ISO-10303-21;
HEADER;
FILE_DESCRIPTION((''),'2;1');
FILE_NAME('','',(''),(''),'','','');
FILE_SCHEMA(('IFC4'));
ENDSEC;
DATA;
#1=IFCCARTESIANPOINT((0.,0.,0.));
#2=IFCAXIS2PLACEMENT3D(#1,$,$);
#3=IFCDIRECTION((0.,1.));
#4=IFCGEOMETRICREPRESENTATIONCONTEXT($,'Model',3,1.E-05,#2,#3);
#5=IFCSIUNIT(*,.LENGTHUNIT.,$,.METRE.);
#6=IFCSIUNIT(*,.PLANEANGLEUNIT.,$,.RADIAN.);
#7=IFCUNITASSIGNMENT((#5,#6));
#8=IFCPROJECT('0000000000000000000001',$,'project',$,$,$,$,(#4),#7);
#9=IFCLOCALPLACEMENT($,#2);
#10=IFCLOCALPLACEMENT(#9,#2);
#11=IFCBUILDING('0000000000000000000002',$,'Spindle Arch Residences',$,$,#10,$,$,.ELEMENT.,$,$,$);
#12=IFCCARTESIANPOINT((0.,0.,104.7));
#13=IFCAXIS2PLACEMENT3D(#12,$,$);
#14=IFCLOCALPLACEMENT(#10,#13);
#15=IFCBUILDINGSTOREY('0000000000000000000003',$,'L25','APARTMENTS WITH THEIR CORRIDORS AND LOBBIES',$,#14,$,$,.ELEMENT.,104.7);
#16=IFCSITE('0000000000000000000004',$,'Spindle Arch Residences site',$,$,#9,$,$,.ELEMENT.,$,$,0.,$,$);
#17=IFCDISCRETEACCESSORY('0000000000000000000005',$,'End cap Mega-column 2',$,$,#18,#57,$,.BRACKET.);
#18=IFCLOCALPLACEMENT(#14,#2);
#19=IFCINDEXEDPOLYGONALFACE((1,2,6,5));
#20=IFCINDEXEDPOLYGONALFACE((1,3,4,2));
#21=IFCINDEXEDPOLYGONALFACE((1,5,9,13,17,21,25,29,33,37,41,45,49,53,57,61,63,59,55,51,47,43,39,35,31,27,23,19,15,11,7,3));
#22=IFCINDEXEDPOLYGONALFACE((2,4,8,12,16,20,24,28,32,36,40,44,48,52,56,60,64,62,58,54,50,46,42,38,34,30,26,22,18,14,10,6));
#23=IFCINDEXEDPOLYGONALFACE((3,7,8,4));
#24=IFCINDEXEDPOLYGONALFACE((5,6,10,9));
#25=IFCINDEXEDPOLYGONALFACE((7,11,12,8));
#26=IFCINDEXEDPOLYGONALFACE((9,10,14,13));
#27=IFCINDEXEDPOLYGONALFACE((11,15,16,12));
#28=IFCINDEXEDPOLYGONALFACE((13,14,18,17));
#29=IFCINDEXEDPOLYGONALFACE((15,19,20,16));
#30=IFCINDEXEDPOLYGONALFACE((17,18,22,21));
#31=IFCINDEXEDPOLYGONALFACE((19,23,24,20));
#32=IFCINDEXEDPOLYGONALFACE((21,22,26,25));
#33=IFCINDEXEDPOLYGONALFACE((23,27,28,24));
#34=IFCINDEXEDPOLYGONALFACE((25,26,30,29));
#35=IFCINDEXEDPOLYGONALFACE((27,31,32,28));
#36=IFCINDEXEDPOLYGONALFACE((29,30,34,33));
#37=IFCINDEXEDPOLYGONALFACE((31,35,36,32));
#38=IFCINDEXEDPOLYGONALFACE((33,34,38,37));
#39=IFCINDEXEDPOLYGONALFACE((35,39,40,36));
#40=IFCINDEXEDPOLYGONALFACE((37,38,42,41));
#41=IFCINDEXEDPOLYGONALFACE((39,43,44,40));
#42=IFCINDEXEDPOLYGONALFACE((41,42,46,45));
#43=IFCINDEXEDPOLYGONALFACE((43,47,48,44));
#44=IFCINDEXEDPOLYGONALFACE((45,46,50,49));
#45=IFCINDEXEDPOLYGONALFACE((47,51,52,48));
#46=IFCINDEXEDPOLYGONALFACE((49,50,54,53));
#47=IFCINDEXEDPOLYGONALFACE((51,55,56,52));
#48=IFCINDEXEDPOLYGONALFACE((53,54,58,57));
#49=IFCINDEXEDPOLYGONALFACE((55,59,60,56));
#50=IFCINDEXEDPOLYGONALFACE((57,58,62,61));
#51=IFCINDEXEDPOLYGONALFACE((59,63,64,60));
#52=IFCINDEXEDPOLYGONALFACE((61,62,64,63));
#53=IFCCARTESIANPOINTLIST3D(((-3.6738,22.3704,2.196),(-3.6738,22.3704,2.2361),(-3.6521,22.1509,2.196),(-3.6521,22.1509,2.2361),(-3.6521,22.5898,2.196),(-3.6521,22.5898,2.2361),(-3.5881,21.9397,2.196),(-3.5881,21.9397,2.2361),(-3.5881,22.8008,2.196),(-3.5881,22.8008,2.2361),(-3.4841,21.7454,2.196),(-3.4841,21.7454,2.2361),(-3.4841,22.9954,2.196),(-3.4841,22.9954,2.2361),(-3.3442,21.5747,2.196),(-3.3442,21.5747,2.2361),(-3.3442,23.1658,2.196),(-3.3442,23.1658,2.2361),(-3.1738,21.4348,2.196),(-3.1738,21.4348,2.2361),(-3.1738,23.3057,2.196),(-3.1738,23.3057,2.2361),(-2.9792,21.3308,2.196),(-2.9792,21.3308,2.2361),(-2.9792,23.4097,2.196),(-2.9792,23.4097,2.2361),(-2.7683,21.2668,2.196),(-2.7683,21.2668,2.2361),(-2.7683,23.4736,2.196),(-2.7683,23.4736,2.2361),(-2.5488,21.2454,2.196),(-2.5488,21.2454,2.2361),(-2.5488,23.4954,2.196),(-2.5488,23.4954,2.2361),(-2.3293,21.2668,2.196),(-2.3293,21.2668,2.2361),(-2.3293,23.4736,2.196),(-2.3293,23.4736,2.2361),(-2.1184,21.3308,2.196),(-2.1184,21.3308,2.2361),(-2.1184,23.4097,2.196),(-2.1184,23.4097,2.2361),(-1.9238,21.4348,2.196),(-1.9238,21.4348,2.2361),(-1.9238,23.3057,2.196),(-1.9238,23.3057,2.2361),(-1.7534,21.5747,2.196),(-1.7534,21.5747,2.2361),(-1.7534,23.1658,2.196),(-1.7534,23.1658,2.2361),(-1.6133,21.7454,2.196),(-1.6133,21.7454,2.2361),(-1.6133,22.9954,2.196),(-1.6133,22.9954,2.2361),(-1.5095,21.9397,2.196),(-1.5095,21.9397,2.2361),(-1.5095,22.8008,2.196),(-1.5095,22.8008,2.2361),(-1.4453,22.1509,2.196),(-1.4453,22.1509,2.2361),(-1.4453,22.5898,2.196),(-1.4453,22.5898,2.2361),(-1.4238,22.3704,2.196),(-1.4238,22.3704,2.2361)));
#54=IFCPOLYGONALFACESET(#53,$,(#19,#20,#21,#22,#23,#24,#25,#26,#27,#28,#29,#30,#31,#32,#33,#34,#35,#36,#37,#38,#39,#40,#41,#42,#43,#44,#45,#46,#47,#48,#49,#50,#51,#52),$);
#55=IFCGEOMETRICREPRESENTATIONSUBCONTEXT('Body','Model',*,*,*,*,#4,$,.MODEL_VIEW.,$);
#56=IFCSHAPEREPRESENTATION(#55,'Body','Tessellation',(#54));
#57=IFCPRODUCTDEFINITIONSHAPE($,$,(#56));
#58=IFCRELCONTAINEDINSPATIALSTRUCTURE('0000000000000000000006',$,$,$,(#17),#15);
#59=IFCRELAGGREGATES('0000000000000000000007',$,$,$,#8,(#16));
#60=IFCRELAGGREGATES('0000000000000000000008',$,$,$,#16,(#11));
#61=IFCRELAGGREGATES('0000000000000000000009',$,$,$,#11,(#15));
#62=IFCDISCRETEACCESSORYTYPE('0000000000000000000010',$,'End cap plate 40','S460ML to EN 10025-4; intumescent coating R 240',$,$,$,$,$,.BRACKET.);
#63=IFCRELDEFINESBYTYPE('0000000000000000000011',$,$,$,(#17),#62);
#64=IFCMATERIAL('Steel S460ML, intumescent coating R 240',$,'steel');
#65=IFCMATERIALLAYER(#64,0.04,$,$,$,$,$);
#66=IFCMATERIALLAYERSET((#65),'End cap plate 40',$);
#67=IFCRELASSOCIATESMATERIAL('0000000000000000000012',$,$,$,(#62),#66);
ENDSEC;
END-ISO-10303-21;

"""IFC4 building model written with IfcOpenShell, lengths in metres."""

from ifc_helpers import new_model, si_unit, direction, frame, origin, place, context, subcontext, project, spatial, polyline, outline, extrude, material, layer, layer_set, type_object, element, save


model = new_model("IFC4")

# Units and contexts
model_context = context("Model", 3, precision=1e-05, world=origin(), true_north=direction((0.0, 1.0)))
body_context = subcontext(model_context, "Body", "Model", "MODEL_VIEW")
ifc_project = project(units=[si_unit("LENGTHUNIT", "METRE"), si_unit("PLANEANGLEUNIT", "RADIAN")], contexts=[model_context])

# Site, building, storey
site_placement = place(None, origin())
site = spatial("IfcSite", under=ifc_project, at=site_placement, Name="Spindle Arch Residences site", CompositionType="ELEMENT", RefElevation=0.0)
building_placement = place(site_placement, origin())
building = spatial("IfcBuilding", under=site, at=building_placement, Name="Spindle Arch Residences", CompositionType="ELEMENT")
storey_placement = place(building_placement, frame((0.0, 0.0, 104.7)))
storey = spatial("IfcBuildingStorey", under=building, at=storey_placement, Name="L25", Description="APARTMENTS WITH THEIR CORRIDORS AND LOBBIES", CompositionType="ELEMENT", Elevation=104.7)

# Discrete accessory
ifc_material_1 = material(Name="Steel S460ML, intumescent coating R 240", Category="steel")
ifc_layer_1 = layer(ifc_material_1, 0.04)
ifc_layer_set_1 = layer_set([ifc_layer_1], Name="End cap plate 40")
discrete_accessory_type = type_object("IfcDiscreteAccessoryType", Name="End cap plate 40", Description="S460ML to EN 10025-4; intumescent coating R 240", PredefinedType="BRACKET", material=ifc_layer_set_1)
discrete_accessory_placement = place(storey_placement, frame((0.0, 0.0, 2.196)))
element("IfcDiscreteAccessory", 1, at=discrete_accessory_placement, inside=storey, type_object=discrete_accessory_type, Name="End cap Mega-column 2", PredefinedType="BRACKET", context=body_context, shape_type="SweptSolid", body=[
    extrude(outline(polyline([(-1.4238, 22.3704), (-1.4453, 22.5898), (-1.5095, 22.8008), (-1.6133, 22.9954), (-1.7534, 23.1658), (-1.9238, 23.3057), (-2.1184, 23.4097), (-2.3293, 23.4736), (-2.5488, 23.4954), (-2.7683, 23.4736), (-2.9792, 23.4097), (-3.1738, 23.3057), (-3.3442, 23.1658), (-3.4841, 22.9954), (-3.5881, 22.8008), (-3.6521, 22.5898), (-3.6738, 22.3704), (-3.6521, 22.1509), (-3.5881, 21.9397), (-3.4841, 21.7454), (-3.3442, 21.5747), (-3.1738, 21.4348), (-2.9792, 21.3308), (-2.7683, 21.2668), (-2.5488, 21.2454), (-2.3293, 21.2668), (-2.1184, 21.3308), (-1.9238, 21.4348), (-1.7534, 21.5747), (-1.6133, 21.7454), (-1.5095, 21.9397), (-1.4453, 22.1509), (-1.4238, 22.3704)])), origin(), (0.0, 0.0, 1.0), 0.04),
])

save(model, "model.ifc")
